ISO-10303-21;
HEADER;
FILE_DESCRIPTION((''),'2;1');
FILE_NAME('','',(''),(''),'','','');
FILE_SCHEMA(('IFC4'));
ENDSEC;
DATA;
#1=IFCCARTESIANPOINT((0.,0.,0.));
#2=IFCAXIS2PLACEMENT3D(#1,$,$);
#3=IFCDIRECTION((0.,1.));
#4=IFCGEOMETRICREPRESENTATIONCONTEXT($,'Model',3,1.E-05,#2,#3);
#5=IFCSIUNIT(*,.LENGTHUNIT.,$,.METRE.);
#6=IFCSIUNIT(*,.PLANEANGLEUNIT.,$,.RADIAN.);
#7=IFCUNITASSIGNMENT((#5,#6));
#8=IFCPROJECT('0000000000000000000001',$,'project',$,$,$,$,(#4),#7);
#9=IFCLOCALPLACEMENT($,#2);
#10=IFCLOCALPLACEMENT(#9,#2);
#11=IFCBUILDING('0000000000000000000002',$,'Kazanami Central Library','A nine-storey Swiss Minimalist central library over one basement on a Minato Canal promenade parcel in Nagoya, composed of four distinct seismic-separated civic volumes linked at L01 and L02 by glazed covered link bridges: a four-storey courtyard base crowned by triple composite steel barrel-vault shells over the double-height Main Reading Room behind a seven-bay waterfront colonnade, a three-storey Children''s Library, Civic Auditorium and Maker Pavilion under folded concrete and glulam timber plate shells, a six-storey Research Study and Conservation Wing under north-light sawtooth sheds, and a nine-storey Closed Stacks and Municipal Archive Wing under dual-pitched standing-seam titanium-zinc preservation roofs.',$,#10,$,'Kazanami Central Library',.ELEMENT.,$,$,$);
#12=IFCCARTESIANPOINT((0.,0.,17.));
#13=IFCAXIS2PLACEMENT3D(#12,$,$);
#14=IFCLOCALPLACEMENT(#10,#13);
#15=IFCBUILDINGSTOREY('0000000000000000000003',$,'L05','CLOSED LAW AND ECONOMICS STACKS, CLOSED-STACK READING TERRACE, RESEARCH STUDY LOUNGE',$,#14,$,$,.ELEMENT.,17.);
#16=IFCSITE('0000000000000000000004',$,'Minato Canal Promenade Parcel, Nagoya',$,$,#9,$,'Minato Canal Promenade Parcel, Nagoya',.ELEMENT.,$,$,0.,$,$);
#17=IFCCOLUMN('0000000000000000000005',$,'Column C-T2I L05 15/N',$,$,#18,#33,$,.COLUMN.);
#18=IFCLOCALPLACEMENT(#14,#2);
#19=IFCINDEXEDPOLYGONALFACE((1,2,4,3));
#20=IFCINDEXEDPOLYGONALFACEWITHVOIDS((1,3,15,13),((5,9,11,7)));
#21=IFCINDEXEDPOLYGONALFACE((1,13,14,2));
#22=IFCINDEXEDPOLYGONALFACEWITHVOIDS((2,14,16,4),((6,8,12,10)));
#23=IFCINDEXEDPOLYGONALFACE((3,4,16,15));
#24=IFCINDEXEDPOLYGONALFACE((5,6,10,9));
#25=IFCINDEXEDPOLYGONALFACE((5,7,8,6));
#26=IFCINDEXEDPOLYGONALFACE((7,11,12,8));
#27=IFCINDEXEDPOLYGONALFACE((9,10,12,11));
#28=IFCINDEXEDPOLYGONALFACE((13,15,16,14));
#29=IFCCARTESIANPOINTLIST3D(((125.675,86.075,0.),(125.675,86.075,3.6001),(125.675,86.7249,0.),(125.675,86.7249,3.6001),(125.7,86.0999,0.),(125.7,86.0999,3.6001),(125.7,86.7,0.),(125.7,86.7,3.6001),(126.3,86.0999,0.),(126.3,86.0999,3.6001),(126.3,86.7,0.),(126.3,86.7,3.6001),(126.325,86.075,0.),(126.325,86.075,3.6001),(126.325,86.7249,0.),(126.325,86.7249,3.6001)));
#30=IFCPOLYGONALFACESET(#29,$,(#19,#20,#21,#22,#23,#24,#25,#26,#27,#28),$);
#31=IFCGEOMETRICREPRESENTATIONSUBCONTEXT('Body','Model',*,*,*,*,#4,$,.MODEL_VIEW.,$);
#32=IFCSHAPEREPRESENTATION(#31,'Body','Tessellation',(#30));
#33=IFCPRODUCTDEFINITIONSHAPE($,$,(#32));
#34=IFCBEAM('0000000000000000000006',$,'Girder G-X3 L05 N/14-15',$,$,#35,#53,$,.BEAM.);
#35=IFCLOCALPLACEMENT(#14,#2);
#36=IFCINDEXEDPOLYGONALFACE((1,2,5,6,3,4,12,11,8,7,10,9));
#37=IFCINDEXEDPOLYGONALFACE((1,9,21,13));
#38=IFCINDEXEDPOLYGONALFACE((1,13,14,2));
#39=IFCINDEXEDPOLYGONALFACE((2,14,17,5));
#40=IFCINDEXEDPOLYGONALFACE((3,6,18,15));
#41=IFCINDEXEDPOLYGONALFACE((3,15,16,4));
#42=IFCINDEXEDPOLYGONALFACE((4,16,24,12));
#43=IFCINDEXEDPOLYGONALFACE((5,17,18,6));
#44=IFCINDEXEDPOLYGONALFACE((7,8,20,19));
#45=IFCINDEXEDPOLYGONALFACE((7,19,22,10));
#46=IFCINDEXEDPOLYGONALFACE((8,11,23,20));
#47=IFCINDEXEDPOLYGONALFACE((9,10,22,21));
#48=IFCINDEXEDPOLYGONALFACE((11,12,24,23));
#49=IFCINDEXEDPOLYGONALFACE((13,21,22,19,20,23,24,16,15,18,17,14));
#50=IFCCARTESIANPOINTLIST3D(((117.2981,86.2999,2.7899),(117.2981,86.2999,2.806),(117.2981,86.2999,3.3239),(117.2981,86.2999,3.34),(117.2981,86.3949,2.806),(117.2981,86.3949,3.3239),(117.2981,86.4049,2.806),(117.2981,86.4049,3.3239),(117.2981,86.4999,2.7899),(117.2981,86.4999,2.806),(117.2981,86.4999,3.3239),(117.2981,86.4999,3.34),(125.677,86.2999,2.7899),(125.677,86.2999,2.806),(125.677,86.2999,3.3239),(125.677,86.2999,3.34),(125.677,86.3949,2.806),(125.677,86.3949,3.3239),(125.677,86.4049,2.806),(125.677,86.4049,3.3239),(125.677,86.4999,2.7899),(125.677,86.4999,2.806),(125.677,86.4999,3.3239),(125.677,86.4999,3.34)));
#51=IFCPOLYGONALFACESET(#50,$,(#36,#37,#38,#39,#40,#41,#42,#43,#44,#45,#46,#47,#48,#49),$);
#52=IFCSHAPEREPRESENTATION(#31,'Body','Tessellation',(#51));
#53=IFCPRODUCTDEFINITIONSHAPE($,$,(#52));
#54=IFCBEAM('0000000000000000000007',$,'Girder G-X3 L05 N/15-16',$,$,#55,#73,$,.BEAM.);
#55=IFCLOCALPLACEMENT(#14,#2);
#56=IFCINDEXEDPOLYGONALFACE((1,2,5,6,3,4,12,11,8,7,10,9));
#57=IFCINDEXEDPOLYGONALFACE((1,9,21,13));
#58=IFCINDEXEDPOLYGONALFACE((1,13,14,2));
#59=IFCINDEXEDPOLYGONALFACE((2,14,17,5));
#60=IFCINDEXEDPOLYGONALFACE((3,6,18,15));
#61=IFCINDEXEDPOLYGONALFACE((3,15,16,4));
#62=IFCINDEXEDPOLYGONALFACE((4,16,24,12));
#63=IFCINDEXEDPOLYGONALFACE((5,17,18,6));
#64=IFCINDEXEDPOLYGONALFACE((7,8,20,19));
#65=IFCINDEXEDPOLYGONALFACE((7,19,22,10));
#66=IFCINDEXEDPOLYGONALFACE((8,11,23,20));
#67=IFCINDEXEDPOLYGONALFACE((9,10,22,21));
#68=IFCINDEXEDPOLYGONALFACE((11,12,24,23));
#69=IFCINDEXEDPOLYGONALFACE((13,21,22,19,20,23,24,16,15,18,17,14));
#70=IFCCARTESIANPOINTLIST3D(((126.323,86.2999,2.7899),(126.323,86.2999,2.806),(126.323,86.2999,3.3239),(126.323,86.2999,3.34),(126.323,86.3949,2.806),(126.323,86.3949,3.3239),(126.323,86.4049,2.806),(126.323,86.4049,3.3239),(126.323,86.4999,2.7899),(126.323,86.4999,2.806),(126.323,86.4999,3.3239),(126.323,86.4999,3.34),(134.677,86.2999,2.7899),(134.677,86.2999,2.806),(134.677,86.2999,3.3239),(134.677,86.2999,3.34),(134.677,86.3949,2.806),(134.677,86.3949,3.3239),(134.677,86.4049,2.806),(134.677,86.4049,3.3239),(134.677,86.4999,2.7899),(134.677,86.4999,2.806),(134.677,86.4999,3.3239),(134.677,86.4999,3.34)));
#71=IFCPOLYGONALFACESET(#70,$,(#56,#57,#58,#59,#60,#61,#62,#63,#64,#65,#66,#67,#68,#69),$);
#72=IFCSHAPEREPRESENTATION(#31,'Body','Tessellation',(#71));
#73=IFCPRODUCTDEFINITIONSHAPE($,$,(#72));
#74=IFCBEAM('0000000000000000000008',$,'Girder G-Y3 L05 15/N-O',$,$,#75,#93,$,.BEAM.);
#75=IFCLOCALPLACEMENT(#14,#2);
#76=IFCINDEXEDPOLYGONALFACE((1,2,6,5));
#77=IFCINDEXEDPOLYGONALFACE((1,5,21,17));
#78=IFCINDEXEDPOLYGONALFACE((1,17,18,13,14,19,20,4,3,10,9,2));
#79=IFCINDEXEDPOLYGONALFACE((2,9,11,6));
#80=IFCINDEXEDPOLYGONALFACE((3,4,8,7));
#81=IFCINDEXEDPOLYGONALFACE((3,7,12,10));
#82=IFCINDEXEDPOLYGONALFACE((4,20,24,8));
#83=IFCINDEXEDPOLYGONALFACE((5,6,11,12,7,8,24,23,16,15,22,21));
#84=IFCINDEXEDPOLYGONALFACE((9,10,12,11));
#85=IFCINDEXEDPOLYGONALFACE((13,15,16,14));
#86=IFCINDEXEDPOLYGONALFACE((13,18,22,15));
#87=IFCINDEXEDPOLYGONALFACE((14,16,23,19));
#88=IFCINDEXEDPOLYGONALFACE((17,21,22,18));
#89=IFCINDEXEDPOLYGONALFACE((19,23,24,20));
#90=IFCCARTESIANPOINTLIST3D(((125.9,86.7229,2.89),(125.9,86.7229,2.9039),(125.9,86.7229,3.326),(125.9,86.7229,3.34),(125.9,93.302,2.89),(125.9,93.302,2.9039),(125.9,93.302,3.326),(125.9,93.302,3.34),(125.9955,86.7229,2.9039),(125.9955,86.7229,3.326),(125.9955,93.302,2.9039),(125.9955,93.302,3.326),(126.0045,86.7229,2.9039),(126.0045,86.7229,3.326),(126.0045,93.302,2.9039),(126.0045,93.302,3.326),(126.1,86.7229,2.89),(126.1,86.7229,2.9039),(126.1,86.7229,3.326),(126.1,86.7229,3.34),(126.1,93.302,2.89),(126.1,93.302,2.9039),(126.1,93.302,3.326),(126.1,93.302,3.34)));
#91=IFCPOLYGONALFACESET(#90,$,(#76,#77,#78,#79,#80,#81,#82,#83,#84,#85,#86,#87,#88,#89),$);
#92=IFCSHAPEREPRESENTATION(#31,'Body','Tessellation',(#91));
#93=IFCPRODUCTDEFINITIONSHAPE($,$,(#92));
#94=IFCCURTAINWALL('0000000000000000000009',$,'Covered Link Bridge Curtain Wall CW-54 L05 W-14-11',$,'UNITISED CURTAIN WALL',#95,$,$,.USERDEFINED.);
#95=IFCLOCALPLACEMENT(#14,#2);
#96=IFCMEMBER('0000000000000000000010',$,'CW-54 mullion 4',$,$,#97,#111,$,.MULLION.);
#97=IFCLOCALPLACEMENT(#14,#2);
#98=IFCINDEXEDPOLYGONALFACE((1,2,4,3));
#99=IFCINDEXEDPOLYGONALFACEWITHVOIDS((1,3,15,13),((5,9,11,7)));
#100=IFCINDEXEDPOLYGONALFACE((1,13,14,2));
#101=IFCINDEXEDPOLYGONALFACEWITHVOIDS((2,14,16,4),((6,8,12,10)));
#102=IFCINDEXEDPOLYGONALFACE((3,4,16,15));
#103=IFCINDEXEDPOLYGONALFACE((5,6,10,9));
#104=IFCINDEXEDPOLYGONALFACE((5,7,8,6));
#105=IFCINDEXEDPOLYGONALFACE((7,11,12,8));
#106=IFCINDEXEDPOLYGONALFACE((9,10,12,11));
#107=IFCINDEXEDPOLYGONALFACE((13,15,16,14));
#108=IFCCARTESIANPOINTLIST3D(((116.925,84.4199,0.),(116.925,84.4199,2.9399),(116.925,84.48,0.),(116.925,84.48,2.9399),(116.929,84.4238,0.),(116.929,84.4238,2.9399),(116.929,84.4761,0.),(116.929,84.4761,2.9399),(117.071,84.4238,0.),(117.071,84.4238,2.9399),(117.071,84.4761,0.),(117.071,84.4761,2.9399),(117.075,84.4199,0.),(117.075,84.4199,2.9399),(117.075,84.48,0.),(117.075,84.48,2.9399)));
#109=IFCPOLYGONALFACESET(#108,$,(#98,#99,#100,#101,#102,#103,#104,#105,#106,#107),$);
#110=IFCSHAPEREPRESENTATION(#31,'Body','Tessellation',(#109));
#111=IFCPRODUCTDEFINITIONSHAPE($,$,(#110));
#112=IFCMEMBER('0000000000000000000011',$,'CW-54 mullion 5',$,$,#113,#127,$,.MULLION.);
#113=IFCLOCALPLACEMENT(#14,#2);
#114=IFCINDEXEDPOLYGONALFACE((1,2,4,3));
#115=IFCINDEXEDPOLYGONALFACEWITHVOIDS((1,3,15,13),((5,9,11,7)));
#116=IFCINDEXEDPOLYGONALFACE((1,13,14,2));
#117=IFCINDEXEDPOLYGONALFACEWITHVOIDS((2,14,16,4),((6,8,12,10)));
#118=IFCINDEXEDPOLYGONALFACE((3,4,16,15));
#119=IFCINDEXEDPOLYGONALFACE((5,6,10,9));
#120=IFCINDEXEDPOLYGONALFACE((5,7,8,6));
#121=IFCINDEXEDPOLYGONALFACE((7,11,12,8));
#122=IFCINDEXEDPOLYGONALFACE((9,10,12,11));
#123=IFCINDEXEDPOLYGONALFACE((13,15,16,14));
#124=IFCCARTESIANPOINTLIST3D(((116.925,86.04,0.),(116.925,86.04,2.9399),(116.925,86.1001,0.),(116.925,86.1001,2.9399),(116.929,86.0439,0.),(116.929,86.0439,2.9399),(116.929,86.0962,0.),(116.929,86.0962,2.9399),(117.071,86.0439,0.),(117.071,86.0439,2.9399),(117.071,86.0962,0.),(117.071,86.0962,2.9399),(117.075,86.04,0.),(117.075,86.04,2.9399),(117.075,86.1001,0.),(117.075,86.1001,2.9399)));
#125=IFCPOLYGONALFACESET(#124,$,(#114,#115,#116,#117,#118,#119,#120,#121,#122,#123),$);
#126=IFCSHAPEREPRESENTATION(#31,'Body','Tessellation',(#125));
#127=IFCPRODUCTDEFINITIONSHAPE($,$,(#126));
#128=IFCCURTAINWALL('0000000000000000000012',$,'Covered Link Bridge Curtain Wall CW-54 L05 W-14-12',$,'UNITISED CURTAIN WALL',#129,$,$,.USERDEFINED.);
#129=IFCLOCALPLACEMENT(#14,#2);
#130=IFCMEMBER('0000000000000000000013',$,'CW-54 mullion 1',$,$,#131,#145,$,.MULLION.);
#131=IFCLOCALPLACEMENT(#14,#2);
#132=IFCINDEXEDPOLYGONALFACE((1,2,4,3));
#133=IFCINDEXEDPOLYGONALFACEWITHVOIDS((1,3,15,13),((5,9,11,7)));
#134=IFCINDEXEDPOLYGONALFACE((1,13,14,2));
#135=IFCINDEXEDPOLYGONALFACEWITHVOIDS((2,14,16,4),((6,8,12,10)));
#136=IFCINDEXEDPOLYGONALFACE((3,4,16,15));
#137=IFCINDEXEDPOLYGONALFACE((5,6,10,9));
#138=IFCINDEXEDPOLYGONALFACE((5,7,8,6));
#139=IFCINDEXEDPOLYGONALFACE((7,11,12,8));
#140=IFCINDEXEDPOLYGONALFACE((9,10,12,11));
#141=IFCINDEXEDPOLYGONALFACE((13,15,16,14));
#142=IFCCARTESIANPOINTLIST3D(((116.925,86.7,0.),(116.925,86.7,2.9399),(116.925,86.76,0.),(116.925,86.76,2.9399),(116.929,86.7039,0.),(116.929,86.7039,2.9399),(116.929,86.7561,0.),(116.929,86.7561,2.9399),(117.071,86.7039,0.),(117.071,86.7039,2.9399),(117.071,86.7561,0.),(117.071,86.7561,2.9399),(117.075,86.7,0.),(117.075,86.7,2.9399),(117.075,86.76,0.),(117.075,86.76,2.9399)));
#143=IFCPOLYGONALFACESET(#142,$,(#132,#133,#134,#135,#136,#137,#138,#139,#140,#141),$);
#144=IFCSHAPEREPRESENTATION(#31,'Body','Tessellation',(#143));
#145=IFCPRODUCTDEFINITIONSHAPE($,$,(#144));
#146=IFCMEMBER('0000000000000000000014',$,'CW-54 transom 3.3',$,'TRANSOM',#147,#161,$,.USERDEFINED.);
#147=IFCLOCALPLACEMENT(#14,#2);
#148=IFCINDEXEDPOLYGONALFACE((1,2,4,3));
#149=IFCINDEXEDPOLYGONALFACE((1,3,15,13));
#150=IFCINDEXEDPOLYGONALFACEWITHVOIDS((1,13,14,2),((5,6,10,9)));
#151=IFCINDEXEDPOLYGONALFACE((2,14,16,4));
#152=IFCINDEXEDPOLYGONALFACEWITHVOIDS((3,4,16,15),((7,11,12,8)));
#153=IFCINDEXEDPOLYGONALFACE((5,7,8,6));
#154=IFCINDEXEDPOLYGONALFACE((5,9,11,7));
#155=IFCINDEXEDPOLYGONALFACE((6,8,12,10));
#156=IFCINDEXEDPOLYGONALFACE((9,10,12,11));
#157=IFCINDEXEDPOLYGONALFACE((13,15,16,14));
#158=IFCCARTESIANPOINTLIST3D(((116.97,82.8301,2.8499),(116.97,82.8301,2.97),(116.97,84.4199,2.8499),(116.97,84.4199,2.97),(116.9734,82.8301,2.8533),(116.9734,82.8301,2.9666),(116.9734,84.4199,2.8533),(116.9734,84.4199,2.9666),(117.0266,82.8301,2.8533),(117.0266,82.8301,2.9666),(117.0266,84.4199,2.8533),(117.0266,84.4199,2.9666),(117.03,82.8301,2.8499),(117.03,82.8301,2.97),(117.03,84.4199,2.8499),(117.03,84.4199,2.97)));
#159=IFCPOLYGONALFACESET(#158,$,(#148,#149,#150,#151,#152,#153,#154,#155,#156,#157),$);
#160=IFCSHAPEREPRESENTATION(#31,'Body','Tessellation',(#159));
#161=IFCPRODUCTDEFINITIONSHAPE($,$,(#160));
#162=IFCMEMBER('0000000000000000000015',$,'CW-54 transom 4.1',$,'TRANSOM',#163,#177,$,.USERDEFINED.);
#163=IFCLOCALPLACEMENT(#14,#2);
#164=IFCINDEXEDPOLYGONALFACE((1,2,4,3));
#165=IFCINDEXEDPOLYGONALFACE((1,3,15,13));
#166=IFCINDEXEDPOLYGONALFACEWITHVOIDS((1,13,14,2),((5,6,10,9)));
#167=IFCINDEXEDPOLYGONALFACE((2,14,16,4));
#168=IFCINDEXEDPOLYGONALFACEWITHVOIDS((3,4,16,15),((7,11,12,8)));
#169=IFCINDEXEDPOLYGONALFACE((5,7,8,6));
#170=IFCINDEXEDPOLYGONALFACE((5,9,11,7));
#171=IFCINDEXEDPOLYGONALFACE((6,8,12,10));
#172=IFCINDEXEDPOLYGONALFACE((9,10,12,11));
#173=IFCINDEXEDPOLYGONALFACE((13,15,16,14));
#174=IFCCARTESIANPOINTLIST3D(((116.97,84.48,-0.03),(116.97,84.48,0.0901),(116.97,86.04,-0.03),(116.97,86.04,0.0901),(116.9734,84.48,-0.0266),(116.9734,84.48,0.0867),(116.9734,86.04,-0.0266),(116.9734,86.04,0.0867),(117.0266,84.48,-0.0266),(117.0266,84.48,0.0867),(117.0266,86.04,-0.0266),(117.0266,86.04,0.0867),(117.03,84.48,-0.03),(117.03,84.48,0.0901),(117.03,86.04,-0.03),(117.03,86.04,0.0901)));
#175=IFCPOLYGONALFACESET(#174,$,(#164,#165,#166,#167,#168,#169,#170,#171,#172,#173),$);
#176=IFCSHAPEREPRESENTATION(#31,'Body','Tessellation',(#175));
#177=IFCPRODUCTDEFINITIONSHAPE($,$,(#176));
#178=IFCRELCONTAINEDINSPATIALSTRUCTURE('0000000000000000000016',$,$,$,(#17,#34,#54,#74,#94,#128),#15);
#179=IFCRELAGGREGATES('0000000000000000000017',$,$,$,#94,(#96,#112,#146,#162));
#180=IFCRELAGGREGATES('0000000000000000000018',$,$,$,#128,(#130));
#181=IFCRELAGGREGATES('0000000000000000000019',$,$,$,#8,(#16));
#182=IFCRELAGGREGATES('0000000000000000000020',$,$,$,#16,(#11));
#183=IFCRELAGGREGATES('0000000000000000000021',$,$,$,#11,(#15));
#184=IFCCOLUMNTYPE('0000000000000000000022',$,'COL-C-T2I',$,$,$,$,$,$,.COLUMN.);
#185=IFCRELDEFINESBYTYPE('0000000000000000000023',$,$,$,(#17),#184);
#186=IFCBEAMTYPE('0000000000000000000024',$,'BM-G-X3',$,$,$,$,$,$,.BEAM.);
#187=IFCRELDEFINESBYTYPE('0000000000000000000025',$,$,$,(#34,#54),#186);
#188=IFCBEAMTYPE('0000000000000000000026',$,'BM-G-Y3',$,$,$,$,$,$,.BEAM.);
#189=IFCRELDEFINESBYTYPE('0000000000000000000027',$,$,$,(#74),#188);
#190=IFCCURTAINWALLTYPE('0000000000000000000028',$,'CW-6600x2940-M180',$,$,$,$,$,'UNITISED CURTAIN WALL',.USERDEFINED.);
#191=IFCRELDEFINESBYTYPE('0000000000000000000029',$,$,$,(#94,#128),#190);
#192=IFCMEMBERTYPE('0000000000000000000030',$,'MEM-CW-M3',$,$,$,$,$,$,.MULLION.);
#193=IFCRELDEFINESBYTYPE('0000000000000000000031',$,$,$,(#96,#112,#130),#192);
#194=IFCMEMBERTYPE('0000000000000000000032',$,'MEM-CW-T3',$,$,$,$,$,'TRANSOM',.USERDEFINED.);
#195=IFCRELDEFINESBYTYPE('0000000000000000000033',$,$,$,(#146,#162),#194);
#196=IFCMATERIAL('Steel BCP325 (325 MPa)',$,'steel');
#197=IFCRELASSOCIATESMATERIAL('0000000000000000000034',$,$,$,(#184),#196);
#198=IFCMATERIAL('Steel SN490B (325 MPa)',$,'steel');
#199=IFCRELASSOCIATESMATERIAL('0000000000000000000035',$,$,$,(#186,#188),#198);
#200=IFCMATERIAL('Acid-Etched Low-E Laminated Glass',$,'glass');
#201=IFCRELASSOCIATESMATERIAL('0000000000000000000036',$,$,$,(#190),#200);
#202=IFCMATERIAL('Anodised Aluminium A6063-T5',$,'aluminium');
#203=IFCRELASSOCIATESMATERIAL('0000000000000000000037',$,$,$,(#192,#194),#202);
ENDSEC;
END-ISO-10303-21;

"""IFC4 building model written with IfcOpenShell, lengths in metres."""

from ifc_helpers import new_model, si_unit, direction, frame, origin, origin_2d, place, context, subcontext, project, spatial, hollow_rectangle, i_section, extrude, material, material_profile, profile_set, type_object, element, aggregate, save


model = new_model("IFC4")

# Units and contexts
model_context = context("Model", 3, precision=1e-05, world=origin(), true_north=direction((0.0, 1.0)))
body_context = subcontext(model_context, "Body", "Model", "MODEL_VIEW")
ifc_project = project(units=[si_unit("LENGTHUNIT", "METRE"), si_unit("PLANEANGLEUNIT", "RADIAN")], contexts=[model_context])

# Site, building, storey
site_placement = place(None, origin())
site = spatial("IfcSite", under=ifc_project, at=site_placement, Name="Minato Canal Promenade Parcel, Nagoya", LongName="Minato Canal Promenade Parcel, Nagoya", CompositionType="ELEMENT", RefElevation=0.0)
building_placement = place(site_placement, origin())
building = spatial("IfcBuilding", under=site, at=building_placement, Name="Kazanami Central Library", Description="A nine-storey Swiss Minimalist central library over one basement on a Minato Canal promenade parcel in Nagoya, composed of four distinct seismic-separated civic volumes linked at L01 and L02 by glazed covered link bridges: a four-storey courtyard base crowned by triple composite steel barrel-vault shells over the double-height Main Reading Room behind a seven-bay waterfront colonnade, a three-storey Children's Library, Civic Auditorium and Maker Pavilion under folded concrete and glulam timber plate shells, a six-storey Research Study and Conservation Wing under north-light sawtooth sheds, and a nine-storey Closed Stacks and Municipal Archive Wing under dual-pitched standing-seam titanium-zinc preservation roofs.", LongName="Kazanami Central Library", CompositionType="ELEMENT")
storey_placement = place(building_placement, frame((0.0, 0.0, 17.0)))
storey = spatial("IfcBuildingStorey", under=building, at=storey_placement, Name="L05", Description="CLOSED LAW AND ECONOMICS STACKS, CLOSED-STACK READING TERRACE, RESEARCH STUDY LOUNGE", CompositionType="ELEMENT", Elevation=17.0)

# Column
ifc_material_1 = material(Name="Steel BCP325 (325 MPa)", Category="steel")
ifc_material_profile_1 = material_profile(ifc_material_1, hollow_rectangle(XDim=0.6499, YDim=0.6499, WallThickness=0.0249, at=origin_2d()), Name="BCP-650x650x25")
ifc_profile_set_1 = profile_set([ifc_material_profile_1], Name="Steel BCP325 (325 MPa)")
column_type = type_object("IfcColumnType", Name="COL-C-T2I", PredefinedType="COLUMN", material=ifc_profile_set_1)
column_placement = place(storey_placement, frame((126.0, 86.3999, 0.0), z_axis=(0.0, 0.0, 1.0), x_axis=(1.0, 0.0, 0.0)))
element("IfcColumn", 1, at=column_placement, inside=storey, type_object=column_type, Name="Column C-T2I L05 15/N", PredefinedType="COLUMN", context=body_context, shape_type="SweptSolid", body=[
    extrude(hollow_rectangle(XDim=0.6499, YDim=0.6499, WallThickness=0.0249, at=origin_2d()), origin(), (0.0, 0.0, 1.0), 3.6001),
])

# Beams
ifc_material_2 = material(Name="Steel SN490B (325 MPa)", Category="steel")
ifc_material_profile_2 = material_profile(ifc_material_2, i_section(OverallWidth=0.2, OverallDepth=0.55, WebThickness=0.01, FlangeThickness=0.0161, at=origin_2d()), Name="H-550x200x10x16")
ifc_profile_set_2 = profile_set([ifc_material_profile_2], Name="Steel SN490B (325 MPa)")
beam_type_1 = type_object("IfcBeamType", Name="BM-G-X3", PredefinedType="BEAM", material=ifc_profile_set_2)
beam_1_placement = place(storey_placement, frame((117.2981, 86.3999, 3.0649), z_axis=(1.0, 0.0, 0.0), x_axis=(0.0, 1.0, 0.0)))
element("IfcBeam", 2, at=beam_1_placement, inside=storey, type_object=beam_type_1, Name="Girder G-X3 L05 N/14-15", PredefinedType="BEAM", context=body_context, shape_type="SweptSolid", body=[
    extrude(i_section(OverallWidth=0.2, OverallDepth=0.55, WebThickness=0.01, FlangeThickness=0.0161, at=origin_2d()), origin(), (0.0, 0.0, 1.0), 8.3789),
])
beam_2_placement = place(storey_placement, frame((126.323, 86.3999, 3.0649), z_axis=(1.0, 0.0, 0.0), x_axis=(0.0, 1.0, 0.0)))
element("IfcBeam", 3, at=beam_2_placement, inside=storey, type_object=beam_type_1, Name="Girder G-X3 L05 N/15-16", PredefinedType="BEAM", context=body_context, shape_type="SweptSolid", body=[
    extrude(i_section(OverallWidth=0.2, OverallDepth=0.55, WebThickness=0.01, FlangeThickness=0.0161, at=origin_2d()), origin(), (0.0, 0.0, 1.0), 8.354),
])
ifc_material_profile_3 = material_profile(ifc_material_2, i_section(OverallWidth=0.2, OverallDepth=0.45, WebThickness=0.009, FlangeThickness=0.0139, at=origin_2d()), Name="H-450x200x9x14")
ifc_profile_set_3 = profile_set([ifc_material_profile_3], Name="Steel SN490B (325 MPa)")
beam_type_2 = type_object("IfcBeamType", Name="BM-G-Y3", PredefinedType="BEAM", material=ifc_profile_set_3)
beam_3_placement = place(storey_placement, frame((126.0, 86.7229, 3.115), z_axis=(0.0, 1.0, 0.0), x_axis=(-1.0, 0.0, 0.0)))
element("IfcBeam", 4, at=beam_3_placement, inside=storey, type_object=beam_type_2, Name="Girder G-Y3 L05 15/N-O", PredefinedType="BEAM", context=body_context, shape_type="SweptSolid", body=[
    extrude(i_section(OverallWidth=0.2, OverallDepth=0.45, WebThickness=0.009, FlangeThickness=0.0139, at=origin_2d()), origin(), (0.0, 0.0, 1.0), 6.5791),
])

# Curtain wall, members
ifc_material_3 = material(Name="Acid-Etched Low-E Laminated Glass", Category="glass")
curtain_wall_type = type_object("IfcCurtainWallType", Name="CW-6600x2940-M180", ElementType="UNITISED CURTAIN WALL", PredefinedType="USERDEFINED", material=ifc_material_3)
curtain_wall_1_placement = place(storey_placement, origin())
curtain_wall_1 = element("IfcCurtainWall", 5, at=curtain_wall_1_placement, inside=storey, type_object=curtain_wall_type, Name="Covered Link Bridge Curtain Wall CW-54 L05 W-14-11", ObjectType="UNITISED CURTAIN WALL", PredefinedType="USERDEFINED")
ifc_material_4 = material(Name="Anodised Aluminium A6063-T5", Category="aluminium")
ifc_material_profile_4 = material_profile(ifc_material_4, hollow_rectangle(XDim=0.0601, YDim=0.1499, WallThickness=0.0039, at=origin_2d()), Name="ALU-MULL-60x150x4")
ifc_profile_set_4 = profile_set([ifc_material_profile_4], Name="Anodised Aluminium A6063-T5")
member_type_1 = type_object("IfcMemberType", Name="MEM-CW-M3", PredefinedType="MULLION", material=ifc_profile_set_4)
member_1_placement = place(storey_placement, frame((117.0, 84.45, 0.0), z_axis=(0.0, 0.0, 1.0), x_axis=(0.0, 1.0, 0.0)))
member_1 = element("IfcMember", 6, at=member_1_placement, type_object=member_type_1, Name="CW-54 mullion 4", PredefinedType="MULLION", context=body_context, shape_type="SweptSolid", body=[
    extrude(hollow_rectangle(XDim=0.0601, YDim=0.1499, WallThickness=0.0039, at=origin_2d()), origin(), (0.0, 0.0, 1.0), 2.9399),
])
member_2_placement = place(storey_placement, frame((117.0, 86.0701, 0.0), z_axis=(0.0, 0.0, 1.0), x_axis=(0.0, 1.0, 0.0)))
member_2 = element("IfcMember", 7, at=member_2_placement, type_object=member_type_1, Name="CW-54 mullion 5", PredefinedType="MULLION", context=body_context, shape_type="SweptSolid", body=[
    extrude(hollow_rectangle(XDim=0.0601, YDim=0.1499, WallThickness=0.0039, at=origin_2d()), origin(), (0.0, 0.0, 1.0), 2.9399),
])

# Curtain wall, member
curtain_wall_2_placement = place(storey_placement, origin())
curtain_wall_2 = element("IfcCurtainWall", 8, at=curtain_wall_2_placement, inside=storey, type_object=curtain_wall_type, Name="Covered Link Bridge Curtain Wall CW-54 L05 W-14-12", ObjectType="UNITISED CURTAIN WALL", PredefinedType="USERDEFINED")
member_3_placement = place(storey_placement, frame((117.0, 86.73, 0.0), z_axis=(0.0, 0.0, 1.0), x_axis=(0.0, 1.0, 0.0)))
member_3 = element("IfcMember", 9, at=member_3_placement, type_object=member_type_1, Name="CW-54 mullion 1", PredefinedType="MULLION", context=body_context, shape_type="SweptSolid", body=[
    extrude(hollow_rectangle(XDim=0.0601, YDim=0.1499, WallThickness=0.0039, at=origin_2d()), origin(), (0.0, 0.0, 1.0), 2.9399),
])

# Members
ifc_material_profile_5 = material_profile(ifc_material_4, hollow_rectangle(XDim=0.0601, YDim=0.1201, WallThickness=0.0034, at=origin_2d()), Name="ALU-TRAN-60x120x3.5")
ifc_profile_set_5 = profile_set([ifc_material_profile_5], Name="Anodised Aluminium A6063-T5")
member_type_2 = type_object("IfcMemberType", Name="MEM-CW-T3", ElementType="TRANSOM", PredefinedType="USERDEFINED", material=ifc_profile_set_5)
member_4_placement = place(storey_placement, frame((117.0, 82.8301, 2.9099), z_axis=(0.0, 1.0, 0.0), x_axis=(-1.0, 0.0, 0.0)))
member_4 = element("IfcMember", 10, at=member_4_placement, type_object=member_type_2, Name="CW-54 transom 3.3", ObjectType="TRANSOM", PredefinedType="USERDEFINED", context=body_context, shape_type="SweptSolid", body=[
    extrude(hollow_rectangle(XDim=0.0601, YDim=0.1201, WallThickness=0.0034, at=origin_2d()), origin(), (0.0, 0.0, 1.0), 1.5898),
])
member_5_placement = place(storey_placement, frame((117.0, 84.48, 0.03), z_axis=(0.0, 1.0, 0.0), x_axis=(-1.0, 0.0, 0.0)))
member_5 = element("IfcMember", 11, at=member_5_placement, type_object=member_type_2, Name="CW-54 transom 4.1", ObjectType="TRANSOM", PredefinedType="USERDEFINED", context=body_context, shape_type="SweptSolid", body=[
    extrude(hollow_rectangle(XDim=0.0601, YDim=0.1201, WallThickness=0.0034, at=origin_2d()), origin(), (0.0, 0.0, 1.0), 1.5601),
])

aggregate(curtain_wall_1, [member_1, member_2, member_4, member_5])
aggregate(curtain_wall_2, [member_3])

save(model, "model.ifc")
